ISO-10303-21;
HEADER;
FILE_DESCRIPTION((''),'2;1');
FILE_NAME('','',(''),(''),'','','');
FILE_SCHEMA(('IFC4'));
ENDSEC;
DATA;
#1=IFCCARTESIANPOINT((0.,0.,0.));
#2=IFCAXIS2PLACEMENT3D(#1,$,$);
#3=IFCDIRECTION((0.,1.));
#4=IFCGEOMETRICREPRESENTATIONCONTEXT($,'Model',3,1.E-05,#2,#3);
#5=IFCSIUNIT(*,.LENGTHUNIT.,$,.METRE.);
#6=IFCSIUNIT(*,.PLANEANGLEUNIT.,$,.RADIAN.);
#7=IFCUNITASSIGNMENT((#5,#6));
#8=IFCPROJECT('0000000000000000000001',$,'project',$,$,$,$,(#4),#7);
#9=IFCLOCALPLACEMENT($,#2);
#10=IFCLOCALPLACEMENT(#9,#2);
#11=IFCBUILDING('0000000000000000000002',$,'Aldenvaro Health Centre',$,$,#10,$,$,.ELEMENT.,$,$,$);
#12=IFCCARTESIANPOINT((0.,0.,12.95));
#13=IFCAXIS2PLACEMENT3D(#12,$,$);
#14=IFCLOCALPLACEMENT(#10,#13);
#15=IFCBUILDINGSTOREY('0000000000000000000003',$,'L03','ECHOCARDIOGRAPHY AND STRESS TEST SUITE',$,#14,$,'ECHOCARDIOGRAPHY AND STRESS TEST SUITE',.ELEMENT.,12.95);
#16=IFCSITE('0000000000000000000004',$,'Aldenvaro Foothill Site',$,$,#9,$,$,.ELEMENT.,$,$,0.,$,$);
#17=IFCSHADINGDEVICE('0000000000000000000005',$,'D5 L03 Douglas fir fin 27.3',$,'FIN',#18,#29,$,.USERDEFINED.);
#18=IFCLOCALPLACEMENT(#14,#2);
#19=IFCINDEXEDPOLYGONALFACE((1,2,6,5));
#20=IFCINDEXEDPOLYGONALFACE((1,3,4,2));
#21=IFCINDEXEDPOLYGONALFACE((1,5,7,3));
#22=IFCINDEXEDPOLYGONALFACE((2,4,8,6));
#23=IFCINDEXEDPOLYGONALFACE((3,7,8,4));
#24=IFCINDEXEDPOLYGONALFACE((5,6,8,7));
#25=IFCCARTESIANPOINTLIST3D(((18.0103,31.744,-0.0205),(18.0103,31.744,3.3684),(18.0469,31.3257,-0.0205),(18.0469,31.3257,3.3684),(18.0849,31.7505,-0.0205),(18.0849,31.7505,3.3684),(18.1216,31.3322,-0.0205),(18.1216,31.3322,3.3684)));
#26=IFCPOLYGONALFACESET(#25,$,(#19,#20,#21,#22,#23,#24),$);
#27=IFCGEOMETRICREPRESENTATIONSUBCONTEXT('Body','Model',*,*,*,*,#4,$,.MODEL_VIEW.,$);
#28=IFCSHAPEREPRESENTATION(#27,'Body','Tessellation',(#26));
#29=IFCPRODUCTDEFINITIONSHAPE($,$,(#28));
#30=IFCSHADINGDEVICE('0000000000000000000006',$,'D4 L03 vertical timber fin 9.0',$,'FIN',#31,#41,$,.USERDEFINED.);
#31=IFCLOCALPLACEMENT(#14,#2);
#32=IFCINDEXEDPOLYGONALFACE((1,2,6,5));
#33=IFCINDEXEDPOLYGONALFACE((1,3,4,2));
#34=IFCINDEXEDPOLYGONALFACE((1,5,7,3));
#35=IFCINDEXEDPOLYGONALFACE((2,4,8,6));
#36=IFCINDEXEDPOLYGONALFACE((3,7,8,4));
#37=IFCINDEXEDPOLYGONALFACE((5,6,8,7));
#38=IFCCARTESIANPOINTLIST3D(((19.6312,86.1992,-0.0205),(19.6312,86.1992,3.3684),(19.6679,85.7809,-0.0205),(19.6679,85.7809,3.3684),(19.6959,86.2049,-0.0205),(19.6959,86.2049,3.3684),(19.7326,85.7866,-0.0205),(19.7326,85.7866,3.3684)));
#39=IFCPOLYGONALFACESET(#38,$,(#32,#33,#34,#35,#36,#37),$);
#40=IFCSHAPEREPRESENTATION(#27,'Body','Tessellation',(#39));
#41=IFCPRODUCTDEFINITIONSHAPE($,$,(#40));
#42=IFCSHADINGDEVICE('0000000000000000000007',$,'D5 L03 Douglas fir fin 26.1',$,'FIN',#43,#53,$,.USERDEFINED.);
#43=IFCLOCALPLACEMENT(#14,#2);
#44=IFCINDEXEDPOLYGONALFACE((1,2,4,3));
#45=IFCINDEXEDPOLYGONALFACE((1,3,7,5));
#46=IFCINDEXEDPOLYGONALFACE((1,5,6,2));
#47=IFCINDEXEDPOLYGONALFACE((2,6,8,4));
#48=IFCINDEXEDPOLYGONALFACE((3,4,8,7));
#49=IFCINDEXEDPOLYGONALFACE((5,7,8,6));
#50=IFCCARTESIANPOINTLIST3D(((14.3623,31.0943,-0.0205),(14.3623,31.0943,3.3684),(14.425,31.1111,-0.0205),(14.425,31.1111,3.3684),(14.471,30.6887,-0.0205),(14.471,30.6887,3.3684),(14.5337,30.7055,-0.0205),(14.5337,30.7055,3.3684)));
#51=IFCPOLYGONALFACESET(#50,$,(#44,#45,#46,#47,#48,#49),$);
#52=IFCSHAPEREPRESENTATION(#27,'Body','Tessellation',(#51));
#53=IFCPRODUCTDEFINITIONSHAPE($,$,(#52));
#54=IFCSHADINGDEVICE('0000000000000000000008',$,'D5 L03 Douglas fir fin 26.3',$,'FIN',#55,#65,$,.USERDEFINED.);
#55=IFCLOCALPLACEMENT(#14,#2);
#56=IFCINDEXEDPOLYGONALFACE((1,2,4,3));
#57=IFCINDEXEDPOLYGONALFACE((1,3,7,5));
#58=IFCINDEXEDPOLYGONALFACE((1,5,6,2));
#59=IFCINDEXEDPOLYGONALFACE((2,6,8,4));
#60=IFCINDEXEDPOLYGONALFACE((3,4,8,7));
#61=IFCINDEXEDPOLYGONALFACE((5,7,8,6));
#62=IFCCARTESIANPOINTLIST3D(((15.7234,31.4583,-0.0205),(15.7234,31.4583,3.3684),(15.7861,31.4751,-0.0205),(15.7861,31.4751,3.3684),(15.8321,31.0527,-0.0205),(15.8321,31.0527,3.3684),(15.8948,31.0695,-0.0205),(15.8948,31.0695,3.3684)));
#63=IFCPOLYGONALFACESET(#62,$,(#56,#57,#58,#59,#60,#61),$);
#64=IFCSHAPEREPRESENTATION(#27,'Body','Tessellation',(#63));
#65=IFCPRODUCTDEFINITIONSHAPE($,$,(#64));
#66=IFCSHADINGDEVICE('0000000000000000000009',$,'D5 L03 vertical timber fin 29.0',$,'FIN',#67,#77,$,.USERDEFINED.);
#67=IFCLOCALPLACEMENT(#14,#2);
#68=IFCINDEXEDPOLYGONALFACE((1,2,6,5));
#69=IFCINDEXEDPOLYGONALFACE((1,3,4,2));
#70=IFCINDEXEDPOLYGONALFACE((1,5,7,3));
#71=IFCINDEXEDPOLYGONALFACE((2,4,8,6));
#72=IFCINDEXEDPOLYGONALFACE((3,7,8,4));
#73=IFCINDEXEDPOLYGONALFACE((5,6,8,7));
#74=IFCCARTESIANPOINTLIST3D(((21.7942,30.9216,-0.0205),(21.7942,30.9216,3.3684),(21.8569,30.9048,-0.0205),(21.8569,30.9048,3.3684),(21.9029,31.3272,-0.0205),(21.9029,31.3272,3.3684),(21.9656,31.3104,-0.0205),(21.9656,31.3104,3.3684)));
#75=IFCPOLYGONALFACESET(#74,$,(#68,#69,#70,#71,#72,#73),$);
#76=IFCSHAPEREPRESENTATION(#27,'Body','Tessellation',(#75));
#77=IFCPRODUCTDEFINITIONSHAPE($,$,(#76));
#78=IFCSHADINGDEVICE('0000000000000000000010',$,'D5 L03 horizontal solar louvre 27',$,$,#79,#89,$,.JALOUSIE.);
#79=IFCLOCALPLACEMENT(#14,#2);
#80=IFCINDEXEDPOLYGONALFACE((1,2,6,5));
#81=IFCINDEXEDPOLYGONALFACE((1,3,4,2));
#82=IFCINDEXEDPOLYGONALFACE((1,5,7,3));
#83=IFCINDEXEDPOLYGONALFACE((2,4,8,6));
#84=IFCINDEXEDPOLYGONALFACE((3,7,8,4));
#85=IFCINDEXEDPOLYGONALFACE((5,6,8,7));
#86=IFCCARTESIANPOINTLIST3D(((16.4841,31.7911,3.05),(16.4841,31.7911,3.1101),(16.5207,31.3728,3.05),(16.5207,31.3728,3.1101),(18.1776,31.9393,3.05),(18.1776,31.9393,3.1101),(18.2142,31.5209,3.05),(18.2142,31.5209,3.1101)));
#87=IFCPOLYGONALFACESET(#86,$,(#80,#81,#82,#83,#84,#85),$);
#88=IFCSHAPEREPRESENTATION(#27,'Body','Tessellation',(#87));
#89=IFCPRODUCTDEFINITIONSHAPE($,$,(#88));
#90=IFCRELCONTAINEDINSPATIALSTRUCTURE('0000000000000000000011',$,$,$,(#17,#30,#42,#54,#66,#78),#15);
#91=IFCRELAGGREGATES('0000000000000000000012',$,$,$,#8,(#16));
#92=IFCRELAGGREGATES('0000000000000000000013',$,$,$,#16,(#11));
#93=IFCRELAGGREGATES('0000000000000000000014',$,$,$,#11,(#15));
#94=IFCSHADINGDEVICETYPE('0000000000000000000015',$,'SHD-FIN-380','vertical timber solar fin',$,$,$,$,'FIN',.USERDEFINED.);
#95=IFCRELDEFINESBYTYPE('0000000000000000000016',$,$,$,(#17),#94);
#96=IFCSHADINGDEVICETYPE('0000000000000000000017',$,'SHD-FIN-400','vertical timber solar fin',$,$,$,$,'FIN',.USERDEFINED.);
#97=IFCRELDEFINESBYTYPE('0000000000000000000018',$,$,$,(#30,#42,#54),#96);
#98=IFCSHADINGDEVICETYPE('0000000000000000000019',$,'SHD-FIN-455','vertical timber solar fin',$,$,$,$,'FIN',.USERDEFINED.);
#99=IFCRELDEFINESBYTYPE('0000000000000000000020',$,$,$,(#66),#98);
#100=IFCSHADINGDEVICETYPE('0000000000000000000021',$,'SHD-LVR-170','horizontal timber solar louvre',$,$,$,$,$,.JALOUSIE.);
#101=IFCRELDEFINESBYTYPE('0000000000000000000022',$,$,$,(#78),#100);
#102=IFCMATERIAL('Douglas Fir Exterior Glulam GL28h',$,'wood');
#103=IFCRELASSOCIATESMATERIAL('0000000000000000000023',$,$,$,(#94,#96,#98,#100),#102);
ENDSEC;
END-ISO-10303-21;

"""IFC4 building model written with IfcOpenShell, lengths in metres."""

from ifc_helpers import new_model, si_unit, direction, frame, origin, origin_2d, place, context, subcontext, project, spatial, rectangle, extrude, material, type_object, element, save


model = new_model("IFC4")

# Units and contexts
model_context = context("Model", 3, precision=1e-05, world=origin(), true_north=direction((0.0, 1.0)))
body_context = subcontext(model_context, "Body", "Model", "MODEL_VIEW")
ifc_project = project(units=[si_unit("LENGTHUNIT", "METRE"), si_unit("PLANEANGLEUNIT", "RADIAN")], contexts=[model_context])

# Site, building, storey
site_placement = place(None, origin())
site = spatial("IfcSite", under=ifc_project, at=site_placement, Name="Aldenvaro Foothill Site", CompositionType="ELEMENT", RefElevation=0.0)
building_placement = place(site_placement, origin())
building = spatial("IfcBuilding", under=site, at=building_placement, Name="Aldenvaro Health Centre", CompositionType="ELEMENT")
storey_placement = place(building_placement, frame((0.0, 0.0, 12.95)))
storey = spatial("IfcBuildingStorey", under=building, at=storey_placement, Name="L03", Description="ECHOCARDIOGRAPHY AND STRESS TEST SUITE", LongName="ECHOCARDIOGRAPHY AND STRESS TEST SUITE", CompositionType="ELEMENT", Elevation=12.95)

# Shading devices
ifc_material_1 = material(Name="Douglas Fir Exterior Glulam GL28h", Category="wood")
shading_device_type_1 = type_object("IfcShadingDeviceType", Name="SHD-FIN-380", Description="vertical timber solar fin", ElementType="FIN", PredefinedType="USERDEFINED", material=ifc_material_1)
for number, where, z_axis, x_axis, name in (
    (1, (18.0659, 31.5381, -0.0205), (0.0, 0.0, 1.0), (0.996194, 0.087167, 0.0), "D5 L03 Douglas fir fin 27.3"),
):
    element("IfcShadingDevice", number, at=place(storey_placement, frame(where, z_axis=z_axis, x_axis=x_axis)), inside=storey, type_object=shading_device_type_1, Name=name, ObjectType="FIN", PredefinedType="USERDEFINED", context=body_context, shape_type="SweptSolid", body=[
        extrude(rectangle(XDim=0.075, YDim=0.4199, at=origin_2d()), origin(), (0.0, 0.0, 1.0), 3.3889),
    ])
shading_device_type_2 = type_object("IfcShadingDeviceType", Name="SHD-FIN-400", Description="vertical timber solar fin", ElementType="FIN", PredefinedType="USERDEFINED", material=ifc_material_1)
for number, where, z_axis, x_axis, name in (
    (2, (19.6819, 85.9929, -0.0205), (0.0, 0.0, 1.0), (-0.996179, -0.087332, 0.0), "D4 L03 vertical timber fin 9.0"),
    (3, (14.448, 30.8999, -0.0205), (0.0, 0.0, 1.0), (0.965924, 0.258825, 0.0), "D5 L03 Douglas fir fin 26.1"),
    (4, (15.8091, 31.2639, -0.0205), (0.0, 0.0, 1.0), (0.965924, 0.258825, 0.0), "D5 L03 Douglas fir fin 26.3"),
):
    element("IfcShadingDevice", number, at=place(storey_placement, frame(where, z_axis=z_axis, x_axis=x_axis)), inside=storey, type_object=shading_device_type_2, Name=name, ObjectType="FIN", PredefinedType="USERDEFINED", context=body_context, shape_type="SweptSolid", body=[
        extrude(rectangle(XDim=0.0649, YDim=0.4199, at=origin_2d()), origin(), (0.0, 0.0, 1.0), 3.3889),
    ])
shading_device_type_3 = type_object("IfcShadingDeviceType", Name="SHD-FIN-455", Description="vertical timber solar fin", ElementType="FIN", PredefinedType="USERDEFINED", material=ifc_material_1)
shading_device_1_placement = place(storey_placement, frame((21.8799, 31.116, -0.0205), z_axis=(0.0, 0.0, 1.0), x_axis=(0.965924, -0.258825, 0.0)))
element("IfcShadingDevice", 5, at=shading_device_1_placement, inside=storey, type_object=shading_device_type_3, Name="D5 L03 vertical timber fin 29.0", ObjectType="FIN", PredefinedType="USERDEFINED", context=body_context, shape_type="SweptSolid", body=[
    extrude(rectangle(XDim=0.0649, YDim=0.4199, at=origin_2d()), origin(), (0.0, 0.0, 1.0), 3.3889),
])
shading_device_type_4 = type_object("IfcShadingDeviceType", Name="SHD-LVR-170", Description="horizontal timber solar louvre", PredefinedType="JALOUSIE", material=ifc_material_1)
shading_device_2_placement = place(storey_placement, frame((17.3491, 31.656, 3.05), z_axis=(0.0, 0.0, 1.0), x_axis=(0.996194, 0.087167, 0.0)))
element("IfcShadingDevice", 6, at=shading_device_2_placement, inside=storey, type_object=shading_device_type_4, Name="D5 L03 horizontal solar louvre 27", PredefinedType="JALOUSIE", context=body_context, shape_type="SweptSolid", body=[
    extrude(rectangle(XDim=1.7, YDim=0.4199, at=origin_2d()), origin(), (0.0, 0.0, 1.0), 0.0601),
])

save(model, "model.ifc")
